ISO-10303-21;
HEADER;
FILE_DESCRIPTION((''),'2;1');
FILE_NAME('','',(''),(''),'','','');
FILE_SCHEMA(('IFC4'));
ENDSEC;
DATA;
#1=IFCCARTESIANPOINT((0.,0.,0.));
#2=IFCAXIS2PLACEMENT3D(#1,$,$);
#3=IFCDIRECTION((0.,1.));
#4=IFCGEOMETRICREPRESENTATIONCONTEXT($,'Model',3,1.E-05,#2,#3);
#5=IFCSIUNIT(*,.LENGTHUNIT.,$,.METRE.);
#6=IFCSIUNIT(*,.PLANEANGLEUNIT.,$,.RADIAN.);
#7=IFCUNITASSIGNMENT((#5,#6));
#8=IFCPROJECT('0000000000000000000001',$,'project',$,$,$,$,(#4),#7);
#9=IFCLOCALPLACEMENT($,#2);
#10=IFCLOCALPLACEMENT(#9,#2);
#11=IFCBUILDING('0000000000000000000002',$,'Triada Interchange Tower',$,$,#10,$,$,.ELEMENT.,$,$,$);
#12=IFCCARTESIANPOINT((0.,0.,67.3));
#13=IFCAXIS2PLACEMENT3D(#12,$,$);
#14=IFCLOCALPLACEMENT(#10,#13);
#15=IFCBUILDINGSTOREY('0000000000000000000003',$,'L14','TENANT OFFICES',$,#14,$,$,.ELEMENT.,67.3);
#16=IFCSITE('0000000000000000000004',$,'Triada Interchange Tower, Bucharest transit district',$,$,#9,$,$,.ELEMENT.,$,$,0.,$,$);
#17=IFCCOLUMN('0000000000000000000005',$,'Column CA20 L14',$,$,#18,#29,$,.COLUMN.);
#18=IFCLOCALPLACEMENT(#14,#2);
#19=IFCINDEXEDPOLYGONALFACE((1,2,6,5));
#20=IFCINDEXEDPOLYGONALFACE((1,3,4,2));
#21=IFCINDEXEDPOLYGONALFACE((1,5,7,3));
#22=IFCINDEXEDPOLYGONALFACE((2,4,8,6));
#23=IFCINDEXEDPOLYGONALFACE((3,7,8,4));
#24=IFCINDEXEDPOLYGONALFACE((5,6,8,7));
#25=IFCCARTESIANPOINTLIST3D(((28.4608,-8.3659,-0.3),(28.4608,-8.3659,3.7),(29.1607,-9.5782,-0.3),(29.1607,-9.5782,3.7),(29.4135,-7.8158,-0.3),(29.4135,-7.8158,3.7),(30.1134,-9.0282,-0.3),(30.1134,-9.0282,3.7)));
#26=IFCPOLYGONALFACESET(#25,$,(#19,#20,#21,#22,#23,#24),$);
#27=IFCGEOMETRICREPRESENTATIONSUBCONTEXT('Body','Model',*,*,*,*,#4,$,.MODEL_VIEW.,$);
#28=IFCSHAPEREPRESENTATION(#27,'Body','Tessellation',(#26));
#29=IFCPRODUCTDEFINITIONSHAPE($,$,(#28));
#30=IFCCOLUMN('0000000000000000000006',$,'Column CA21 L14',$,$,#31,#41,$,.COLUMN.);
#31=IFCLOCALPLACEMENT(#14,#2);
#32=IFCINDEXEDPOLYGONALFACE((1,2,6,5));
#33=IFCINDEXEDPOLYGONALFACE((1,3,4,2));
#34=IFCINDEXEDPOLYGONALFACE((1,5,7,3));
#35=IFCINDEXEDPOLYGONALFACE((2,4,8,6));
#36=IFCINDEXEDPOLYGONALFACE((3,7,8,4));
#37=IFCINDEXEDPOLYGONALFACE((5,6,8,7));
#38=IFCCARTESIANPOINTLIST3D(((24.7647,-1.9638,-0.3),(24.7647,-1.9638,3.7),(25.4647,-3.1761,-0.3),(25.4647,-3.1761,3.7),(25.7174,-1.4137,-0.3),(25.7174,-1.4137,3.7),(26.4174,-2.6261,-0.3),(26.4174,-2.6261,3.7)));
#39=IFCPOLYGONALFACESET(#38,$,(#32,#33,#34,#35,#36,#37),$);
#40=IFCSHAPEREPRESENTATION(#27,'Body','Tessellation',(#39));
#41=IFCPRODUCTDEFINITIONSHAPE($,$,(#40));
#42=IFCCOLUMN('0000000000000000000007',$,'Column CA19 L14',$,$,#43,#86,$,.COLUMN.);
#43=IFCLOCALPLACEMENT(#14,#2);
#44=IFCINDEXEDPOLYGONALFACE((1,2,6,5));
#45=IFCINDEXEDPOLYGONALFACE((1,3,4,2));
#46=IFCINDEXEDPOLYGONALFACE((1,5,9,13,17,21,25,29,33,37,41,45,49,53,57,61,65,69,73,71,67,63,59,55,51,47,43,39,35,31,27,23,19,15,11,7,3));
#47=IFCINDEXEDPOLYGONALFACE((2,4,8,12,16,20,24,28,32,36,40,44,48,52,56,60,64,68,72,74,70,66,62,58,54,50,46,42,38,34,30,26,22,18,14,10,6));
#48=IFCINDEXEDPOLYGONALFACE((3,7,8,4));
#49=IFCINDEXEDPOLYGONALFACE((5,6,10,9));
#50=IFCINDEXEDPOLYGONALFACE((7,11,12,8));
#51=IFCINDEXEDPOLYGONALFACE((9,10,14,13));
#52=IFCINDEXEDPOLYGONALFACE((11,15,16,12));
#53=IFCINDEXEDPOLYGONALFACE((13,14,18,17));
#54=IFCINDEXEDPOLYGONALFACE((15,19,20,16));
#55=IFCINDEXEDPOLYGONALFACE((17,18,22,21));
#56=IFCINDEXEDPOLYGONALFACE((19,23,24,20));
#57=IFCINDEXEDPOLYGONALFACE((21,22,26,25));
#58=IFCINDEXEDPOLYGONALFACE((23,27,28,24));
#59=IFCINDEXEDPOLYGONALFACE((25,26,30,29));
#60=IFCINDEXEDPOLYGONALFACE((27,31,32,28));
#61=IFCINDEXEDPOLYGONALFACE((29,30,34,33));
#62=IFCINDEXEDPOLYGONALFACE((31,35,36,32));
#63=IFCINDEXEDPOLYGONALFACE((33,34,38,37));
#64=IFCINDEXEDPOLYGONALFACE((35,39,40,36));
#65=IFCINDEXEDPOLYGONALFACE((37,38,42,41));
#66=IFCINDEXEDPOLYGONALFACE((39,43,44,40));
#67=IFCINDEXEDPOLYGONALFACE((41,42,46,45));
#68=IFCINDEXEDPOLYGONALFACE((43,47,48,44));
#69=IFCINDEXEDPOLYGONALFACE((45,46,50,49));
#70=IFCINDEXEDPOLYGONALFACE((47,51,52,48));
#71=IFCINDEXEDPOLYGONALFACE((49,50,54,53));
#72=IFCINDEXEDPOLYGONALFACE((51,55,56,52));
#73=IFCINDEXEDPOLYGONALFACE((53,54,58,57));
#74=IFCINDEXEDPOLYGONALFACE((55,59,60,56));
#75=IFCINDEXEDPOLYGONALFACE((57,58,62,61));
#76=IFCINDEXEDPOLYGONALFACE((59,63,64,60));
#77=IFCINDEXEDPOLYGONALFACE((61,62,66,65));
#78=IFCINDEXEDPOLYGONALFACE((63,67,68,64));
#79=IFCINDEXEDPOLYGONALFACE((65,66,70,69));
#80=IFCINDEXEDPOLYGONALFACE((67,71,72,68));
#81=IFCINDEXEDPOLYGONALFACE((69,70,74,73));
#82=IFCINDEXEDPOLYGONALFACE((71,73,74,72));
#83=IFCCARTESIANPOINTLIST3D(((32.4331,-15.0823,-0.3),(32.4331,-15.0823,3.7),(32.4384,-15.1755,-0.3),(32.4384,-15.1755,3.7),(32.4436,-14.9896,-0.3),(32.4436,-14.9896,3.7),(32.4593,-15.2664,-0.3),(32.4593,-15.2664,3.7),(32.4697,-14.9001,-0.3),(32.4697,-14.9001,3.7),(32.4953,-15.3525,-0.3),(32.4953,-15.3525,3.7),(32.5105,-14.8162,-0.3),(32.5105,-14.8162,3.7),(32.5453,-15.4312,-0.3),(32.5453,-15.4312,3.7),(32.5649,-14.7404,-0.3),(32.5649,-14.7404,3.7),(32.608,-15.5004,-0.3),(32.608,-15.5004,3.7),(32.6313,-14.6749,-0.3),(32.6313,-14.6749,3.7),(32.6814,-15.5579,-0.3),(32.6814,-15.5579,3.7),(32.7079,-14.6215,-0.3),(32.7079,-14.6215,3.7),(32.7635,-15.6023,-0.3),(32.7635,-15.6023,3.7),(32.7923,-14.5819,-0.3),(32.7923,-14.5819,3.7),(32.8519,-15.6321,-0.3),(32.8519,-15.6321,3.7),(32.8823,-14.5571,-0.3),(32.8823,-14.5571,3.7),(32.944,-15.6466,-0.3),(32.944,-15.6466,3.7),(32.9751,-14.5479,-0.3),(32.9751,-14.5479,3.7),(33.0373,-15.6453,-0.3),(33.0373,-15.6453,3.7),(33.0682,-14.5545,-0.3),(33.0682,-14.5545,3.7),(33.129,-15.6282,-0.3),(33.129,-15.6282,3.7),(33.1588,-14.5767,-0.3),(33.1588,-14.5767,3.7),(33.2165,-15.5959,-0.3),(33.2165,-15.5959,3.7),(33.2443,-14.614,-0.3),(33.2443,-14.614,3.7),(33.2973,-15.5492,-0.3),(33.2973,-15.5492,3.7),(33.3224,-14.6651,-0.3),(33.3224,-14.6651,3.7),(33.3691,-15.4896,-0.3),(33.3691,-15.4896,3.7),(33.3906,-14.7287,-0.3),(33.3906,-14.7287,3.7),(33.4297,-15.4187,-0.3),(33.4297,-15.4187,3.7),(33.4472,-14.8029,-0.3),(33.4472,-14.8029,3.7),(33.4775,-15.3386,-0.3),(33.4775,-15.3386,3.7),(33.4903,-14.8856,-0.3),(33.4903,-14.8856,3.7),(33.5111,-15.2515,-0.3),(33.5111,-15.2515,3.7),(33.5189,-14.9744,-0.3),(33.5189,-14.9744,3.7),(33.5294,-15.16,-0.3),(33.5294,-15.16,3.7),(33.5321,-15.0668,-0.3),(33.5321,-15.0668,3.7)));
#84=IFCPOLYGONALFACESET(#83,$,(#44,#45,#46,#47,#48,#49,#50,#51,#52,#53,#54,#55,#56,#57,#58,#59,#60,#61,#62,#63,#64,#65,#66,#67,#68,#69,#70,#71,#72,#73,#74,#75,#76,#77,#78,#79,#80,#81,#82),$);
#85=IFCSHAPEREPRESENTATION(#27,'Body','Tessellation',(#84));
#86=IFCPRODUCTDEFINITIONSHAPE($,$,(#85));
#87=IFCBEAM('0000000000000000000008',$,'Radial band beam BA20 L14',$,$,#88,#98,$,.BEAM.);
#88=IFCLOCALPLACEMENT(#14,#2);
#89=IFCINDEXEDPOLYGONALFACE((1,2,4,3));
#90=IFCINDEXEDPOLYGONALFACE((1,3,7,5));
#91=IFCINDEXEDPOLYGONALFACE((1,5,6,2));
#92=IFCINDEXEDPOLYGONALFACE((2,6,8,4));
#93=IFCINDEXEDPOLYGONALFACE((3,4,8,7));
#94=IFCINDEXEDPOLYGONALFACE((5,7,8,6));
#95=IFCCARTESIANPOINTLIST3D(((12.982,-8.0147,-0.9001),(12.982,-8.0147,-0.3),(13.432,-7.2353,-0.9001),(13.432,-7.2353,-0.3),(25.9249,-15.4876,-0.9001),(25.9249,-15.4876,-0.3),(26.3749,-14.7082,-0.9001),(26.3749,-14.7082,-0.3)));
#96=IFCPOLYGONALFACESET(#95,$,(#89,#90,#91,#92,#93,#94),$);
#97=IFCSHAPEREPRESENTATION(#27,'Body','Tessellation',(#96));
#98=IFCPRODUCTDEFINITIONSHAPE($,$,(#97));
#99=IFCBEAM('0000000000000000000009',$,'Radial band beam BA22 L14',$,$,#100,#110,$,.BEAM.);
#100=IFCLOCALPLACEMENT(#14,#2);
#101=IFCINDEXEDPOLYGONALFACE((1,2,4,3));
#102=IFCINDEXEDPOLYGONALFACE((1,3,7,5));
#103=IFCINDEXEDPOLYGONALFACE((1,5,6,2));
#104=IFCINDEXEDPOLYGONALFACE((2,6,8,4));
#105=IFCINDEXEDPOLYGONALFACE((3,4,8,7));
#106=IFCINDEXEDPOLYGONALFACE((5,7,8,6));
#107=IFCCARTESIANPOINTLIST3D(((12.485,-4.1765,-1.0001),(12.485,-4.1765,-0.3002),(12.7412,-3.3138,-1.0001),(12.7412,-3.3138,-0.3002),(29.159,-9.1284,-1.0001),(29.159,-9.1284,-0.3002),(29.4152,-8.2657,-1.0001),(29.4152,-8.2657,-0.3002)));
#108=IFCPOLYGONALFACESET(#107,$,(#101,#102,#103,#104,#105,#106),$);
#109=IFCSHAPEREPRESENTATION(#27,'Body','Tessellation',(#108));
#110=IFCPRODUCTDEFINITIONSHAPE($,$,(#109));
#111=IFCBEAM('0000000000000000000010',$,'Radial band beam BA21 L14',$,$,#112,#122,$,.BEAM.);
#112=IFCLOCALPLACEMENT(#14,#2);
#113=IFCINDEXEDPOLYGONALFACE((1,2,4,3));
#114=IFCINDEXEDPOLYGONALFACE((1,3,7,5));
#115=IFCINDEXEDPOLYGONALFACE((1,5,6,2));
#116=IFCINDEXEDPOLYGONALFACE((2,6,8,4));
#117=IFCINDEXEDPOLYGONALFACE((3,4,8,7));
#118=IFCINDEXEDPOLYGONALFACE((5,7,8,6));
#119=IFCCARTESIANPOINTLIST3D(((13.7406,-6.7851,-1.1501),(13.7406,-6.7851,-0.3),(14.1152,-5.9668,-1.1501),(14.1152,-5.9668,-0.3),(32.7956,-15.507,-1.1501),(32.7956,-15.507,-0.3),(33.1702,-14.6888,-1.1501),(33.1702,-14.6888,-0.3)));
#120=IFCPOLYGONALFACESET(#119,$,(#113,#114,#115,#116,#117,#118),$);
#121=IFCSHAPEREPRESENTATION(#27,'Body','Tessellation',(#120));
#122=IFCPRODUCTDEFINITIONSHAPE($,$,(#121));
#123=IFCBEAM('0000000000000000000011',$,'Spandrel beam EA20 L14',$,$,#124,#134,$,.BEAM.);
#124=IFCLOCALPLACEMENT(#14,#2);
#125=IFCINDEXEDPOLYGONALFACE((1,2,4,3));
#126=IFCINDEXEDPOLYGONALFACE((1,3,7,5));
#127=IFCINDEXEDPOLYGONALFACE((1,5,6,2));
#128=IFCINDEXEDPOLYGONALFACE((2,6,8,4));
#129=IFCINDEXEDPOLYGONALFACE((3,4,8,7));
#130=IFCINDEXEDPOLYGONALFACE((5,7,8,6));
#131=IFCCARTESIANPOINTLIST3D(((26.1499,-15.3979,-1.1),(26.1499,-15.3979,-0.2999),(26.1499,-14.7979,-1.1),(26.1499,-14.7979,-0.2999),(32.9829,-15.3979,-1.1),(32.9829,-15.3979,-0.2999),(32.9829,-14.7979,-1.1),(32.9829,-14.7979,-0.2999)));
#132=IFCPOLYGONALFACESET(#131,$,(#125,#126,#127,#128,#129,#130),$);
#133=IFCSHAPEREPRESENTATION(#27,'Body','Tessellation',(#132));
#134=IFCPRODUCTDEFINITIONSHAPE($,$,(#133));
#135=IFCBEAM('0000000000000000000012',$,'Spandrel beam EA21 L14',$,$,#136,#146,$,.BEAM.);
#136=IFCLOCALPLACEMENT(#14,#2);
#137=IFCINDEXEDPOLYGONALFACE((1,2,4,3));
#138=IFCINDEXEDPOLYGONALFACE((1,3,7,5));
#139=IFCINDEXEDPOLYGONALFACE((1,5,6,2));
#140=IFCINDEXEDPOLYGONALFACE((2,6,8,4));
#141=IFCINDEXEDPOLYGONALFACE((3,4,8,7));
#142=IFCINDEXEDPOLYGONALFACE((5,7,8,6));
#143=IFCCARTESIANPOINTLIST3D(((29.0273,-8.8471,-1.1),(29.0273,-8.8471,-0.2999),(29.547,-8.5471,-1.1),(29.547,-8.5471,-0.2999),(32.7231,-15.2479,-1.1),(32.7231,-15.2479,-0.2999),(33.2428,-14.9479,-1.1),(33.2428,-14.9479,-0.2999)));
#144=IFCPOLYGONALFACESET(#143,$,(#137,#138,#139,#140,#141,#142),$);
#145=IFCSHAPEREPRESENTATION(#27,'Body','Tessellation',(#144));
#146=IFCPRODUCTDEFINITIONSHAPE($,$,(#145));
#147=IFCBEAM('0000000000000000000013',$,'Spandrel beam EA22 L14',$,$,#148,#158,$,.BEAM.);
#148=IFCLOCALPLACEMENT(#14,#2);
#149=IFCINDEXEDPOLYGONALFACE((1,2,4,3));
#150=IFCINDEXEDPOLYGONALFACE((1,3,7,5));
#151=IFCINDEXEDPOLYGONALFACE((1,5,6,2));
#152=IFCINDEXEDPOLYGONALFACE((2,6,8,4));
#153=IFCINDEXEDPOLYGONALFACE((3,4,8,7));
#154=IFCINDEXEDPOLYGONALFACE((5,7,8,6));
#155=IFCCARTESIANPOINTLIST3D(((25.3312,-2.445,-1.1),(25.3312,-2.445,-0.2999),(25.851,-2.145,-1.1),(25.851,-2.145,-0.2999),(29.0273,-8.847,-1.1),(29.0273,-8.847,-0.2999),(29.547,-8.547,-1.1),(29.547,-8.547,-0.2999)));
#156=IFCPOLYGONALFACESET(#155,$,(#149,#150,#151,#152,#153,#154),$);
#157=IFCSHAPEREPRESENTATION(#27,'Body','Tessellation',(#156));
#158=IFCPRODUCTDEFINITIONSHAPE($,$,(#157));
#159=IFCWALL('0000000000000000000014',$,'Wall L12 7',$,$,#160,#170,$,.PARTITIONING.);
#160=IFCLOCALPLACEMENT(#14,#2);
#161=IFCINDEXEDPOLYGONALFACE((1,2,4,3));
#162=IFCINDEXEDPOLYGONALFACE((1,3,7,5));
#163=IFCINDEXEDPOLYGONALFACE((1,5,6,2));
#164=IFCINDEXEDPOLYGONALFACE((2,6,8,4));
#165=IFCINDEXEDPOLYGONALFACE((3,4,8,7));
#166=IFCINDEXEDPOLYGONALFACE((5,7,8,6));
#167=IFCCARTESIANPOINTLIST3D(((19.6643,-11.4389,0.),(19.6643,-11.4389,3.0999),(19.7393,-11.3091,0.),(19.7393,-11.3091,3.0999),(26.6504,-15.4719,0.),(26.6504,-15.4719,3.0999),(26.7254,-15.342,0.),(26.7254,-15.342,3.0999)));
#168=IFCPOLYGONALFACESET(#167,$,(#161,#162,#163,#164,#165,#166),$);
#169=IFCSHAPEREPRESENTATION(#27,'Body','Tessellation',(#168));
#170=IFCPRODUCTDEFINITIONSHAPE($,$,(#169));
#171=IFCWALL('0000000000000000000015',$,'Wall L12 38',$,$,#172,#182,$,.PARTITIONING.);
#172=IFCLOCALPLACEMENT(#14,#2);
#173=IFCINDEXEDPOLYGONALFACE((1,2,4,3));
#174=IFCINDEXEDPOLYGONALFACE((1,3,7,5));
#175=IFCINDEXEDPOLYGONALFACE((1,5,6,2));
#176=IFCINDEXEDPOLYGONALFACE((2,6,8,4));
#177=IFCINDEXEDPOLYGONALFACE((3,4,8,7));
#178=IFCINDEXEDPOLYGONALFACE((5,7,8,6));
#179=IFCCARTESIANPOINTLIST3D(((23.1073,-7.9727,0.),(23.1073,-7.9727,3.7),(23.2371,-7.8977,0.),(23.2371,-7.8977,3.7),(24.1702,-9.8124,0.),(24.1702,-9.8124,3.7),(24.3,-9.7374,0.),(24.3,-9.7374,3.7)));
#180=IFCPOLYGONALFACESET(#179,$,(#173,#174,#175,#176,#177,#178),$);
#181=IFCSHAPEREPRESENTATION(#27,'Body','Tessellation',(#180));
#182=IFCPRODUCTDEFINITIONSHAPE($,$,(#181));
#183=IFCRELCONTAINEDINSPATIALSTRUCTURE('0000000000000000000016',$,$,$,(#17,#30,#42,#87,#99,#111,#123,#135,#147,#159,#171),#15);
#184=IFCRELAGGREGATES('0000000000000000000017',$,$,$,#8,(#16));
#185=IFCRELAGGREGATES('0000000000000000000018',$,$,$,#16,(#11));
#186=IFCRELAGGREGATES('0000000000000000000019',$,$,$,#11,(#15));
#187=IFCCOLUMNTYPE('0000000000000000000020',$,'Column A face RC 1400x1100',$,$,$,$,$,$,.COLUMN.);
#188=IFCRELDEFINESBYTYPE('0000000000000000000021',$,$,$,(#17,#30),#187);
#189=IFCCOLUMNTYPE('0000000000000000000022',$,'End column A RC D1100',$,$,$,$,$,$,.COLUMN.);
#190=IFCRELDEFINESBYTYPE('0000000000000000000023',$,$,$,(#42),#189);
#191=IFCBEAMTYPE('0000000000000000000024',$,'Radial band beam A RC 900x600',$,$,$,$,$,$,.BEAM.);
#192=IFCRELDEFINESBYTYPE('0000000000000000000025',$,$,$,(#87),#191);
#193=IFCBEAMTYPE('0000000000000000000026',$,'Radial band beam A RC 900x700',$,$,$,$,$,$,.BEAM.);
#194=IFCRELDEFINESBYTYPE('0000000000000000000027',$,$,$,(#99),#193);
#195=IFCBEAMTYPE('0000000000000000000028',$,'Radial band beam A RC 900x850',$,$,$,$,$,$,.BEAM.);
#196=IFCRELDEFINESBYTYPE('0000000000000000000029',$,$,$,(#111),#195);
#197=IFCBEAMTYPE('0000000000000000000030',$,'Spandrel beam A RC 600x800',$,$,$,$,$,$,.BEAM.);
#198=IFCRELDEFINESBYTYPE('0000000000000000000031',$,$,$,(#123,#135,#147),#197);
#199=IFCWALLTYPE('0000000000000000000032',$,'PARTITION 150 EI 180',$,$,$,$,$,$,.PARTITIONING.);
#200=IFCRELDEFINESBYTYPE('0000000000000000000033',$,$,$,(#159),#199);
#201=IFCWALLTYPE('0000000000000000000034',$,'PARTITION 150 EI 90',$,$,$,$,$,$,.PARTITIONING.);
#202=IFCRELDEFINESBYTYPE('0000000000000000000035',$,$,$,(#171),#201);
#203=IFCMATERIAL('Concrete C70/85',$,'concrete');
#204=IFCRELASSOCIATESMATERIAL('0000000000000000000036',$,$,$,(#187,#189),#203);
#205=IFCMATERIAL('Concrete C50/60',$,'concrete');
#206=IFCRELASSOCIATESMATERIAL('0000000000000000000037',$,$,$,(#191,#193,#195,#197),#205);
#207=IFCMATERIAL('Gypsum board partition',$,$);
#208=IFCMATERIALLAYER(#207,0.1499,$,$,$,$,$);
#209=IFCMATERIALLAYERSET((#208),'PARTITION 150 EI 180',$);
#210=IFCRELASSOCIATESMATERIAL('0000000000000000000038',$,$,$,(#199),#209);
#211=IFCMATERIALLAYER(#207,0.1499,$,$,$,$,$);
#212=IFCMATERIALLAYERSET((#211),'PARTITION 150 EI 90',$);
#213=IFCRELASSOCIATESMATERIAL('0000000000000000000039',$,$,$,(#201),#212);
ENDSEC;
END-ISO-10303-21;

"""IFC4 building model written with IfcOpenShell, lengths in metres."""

from ifc_helpers import new_model, si_unit, direction, frame, frame_2d, origin, origin_2d, place, context, subcontext, project, spatial, rectangle, circle, extrude, material, layer, layer_set, material_profile, profile_set, type_object, element, save


model = new_model("IFC4")

# Units and contexts
model_context = context("Model", 3, precision=1e-05, world=origin(), true_north=direction((0.0, 1.0)))
body_context = subcontext(model_context, "Body", "Model", "MODEL_VIEW")
ifc_project = project(units=[si_unit("LENGTHUNIT", "METRE"), si_unit("PLANEANGLEUNIT", "RADIAN")], contexts=[model_context])

# Site, building, storey
site_placement = place(None, origin())
site = spatial("IfcSite", under=ifc_project, at=site_placement, Name="Triada Interchange Tower, Bucharest transit district", CompositionType="ELEMENT", RefElevation=0.0)
building_placement = place(site_placement, origin())
building = spatial("IfcBuilding", under=site, at=building_placement, Name="Triada Interchange Tower", CompositionType="ELEMENT")
storey_placement = place(building_placement, frame((0.0, 0.0, 67.3)))
storey = spatial("IfcBuildingStorey", under=building, at=storey_placement, Name="L14", Description="TENANT OFFICES", CompositionType="ELEMENT", Elevation=67.3)

# Columns
ifc_material_1 = material(Name="Concrete C70/85", Category="concrete")
ifc_material_profile_1 = material_profile(ifc_material_1, rectangle(XDim=1.3999, YDim=1.1001, at=origin_2d()), Name="RC 1400x1100")
ifc_profile_set_1 = profile_set([ifc_material_profile_1], Name="Concrete C70/85")
column_type_1 = type_object("IfcColumnType", Name="Column A face RC 1400x1100", PredefinedType="COLUMN", material=ifc_profile_set_1)
for number, where, z_axis, x_axis, name in (
    (1, (29.2871, -8.697, -0.3), (0.0, 0.0, 1.0), (-0.5, 0.866025, 0.0), "Column CA20 L14"),
    (2, (25.5911, -2.2949, -0.3), (0.0, 0.0, 1.0), (-0.5, 0.866025, 0.0), "Column CA21 L14"),
):
    element("IfcColumn", number, at=place(storey_placement, frame(where, z_axis=z_axis, x_axis=x_axis)), inside=storey, type_object=column_type_1, Name=name, PredefinedType="COLUMN", context=body_context, shape_type="SweptSolid", body=[
        extrude(rectangle(XDim=1.3999, YDim=1.1001, at=origin_2d()), origin(), (0.0, 0.0, 1.0), 4.0),
    ])
ifc_material_profile_2 = material_profile(ifc_material_1, circle(Radius=0.55, at=origin_2d()), Name="RC D1100")
ifc_profile_set_2 = profile_set([ifc_material_profile_2], Name="Concrete C70/85")
column_type_2 = type_object("IfcColumnType", Name="End column A RC D1100", PredefinedType="COLUMN", material=ifc_profile_set_2)
column_placement = place(storey_placement, frame((32.9829, -15.0979, -0.3), z_axis=(0.0, 0.0, 1.0), x_axis=(-0.5, 0.866025, 0.0)))
element("IfcColumn", 3, at=column_placement, inside=storey, type_object=column_type_2, Name="Column CA19 L14", PredefinedType="COLUMN", context=body_context, shape_type="SweptSolid", body=[
    extrude(circle(Radius=0.55, at=origin_2d()), origin(), (0.0, 0.0, 1.0), 4.0),
])

# Beams
ifc_material_2 = material(Name="Concrete C50/60", Category="concrete")
ifc_material_profile_3 = material_profile(ifc_material_2, rectangle(XDim=0.8999, YDim=0.6001, at=origin_2d()), Name="RC 900x600")
ifc_profile_set_3 = profile_set([ifc_material_profile_3], Name="Concrete C50/60")
beam_type_1 = type_object("IfcBeamType", Name="Radial band beam A RC 900x600", PredefinedType="BEAM", material=ifc_profile_set_3)
beam_1_placement = place(storey_placement, frame((26.1499, -15.0979, -0.6001), z_axis=(-0.866016, 0.500017, 0.0), x_axis=(-0.500017, -0.866016, 0.0)))
element("IfcBeam", 4, at=beam_1_placement, inside=storey, type_object=beam_type_1, Name="Radial band beam BA20 L14", PredefinedType="BEAM", context=body_context, shape_type="SweptSolid", body=[
    extrude(rectangle(XDim=0.8999, YDim=0.6001, at=origin_2d()), origin(), (0.0, 0.0, 1.0), 14.9453),
])
ifc_material_profile_4 = material_profile(ifc_material_2, rectangle(XDim=0.8999, YDim=0.7, at=origin_2d()), Name="RC 900x700")
ifc_profile_set_4 = profile_set([ifc_material_profile_4], Name="Concrete C50/60")
beam_type_2 = type_object("IfcBeamType", Name="Radial band beam A RC 900x700", PredefinedType="BEAM", material=ifc_profile_set_4)
beam_2_placement = place(storey_placement, frame((29.2871, -8.697, -0.6501), z_axis=(-0.958619, 0.284693, 0.0), x_axis=(-0.284693, -0.958619, 0.0)))
element("IfcBeam", 5, at=beam_2_placement, inside=storey, type_object=beam_type_2, Name="Radial band beam BA22 L14", PredefinedType="BEAM", context=body_context, shape_type="SweptSolid", body=[
    extrude(rectangle(XDim=0.8999, YDim=0.7, at=origin_2d()), origin(), (0.0, 0.0, 1.0), 17.3938),
])
ifc_material_profile_5 = material_profile(ifc_material_2, rectangle(XDim=0.8999, YDim=0.8501, at=origin_2d()), Name="RC 900x850")
ifc_profile_set_5 = profile_set([ifc_material_profile_5], Name="Concrete C50/60")
beam_type_3 = type_object("IfcBeamType", Name="Radial band beam A RC 900x850", PredefinedType="BEAM", material=ifc_profile_set_5)
beam_3_placement = place(storey_placement, frame((32.9829, -15.0979, -0.7251), z_axis=(-0.909274, 0.416198, 0.0), x_axis=(-0.416198, -0.909274, 0.0)))
element("IfcBeam", 6, at=beam_3_placement, inside=storey, type_object=beam_type_3, Name="Radial band beam BA21 L14", PredefinedType="BEAM", context=body_context, shape_type="SweptSolid", body=[
    extrude(rectangle(XDim=0.8999, YDim=0.8501, at=origin_2d()), origin(), (0.0, 0.0, 1.0), 20.9563),
])
ifc_material_profile_6 = material_profile(ifc_material_2, rectangle(XDim=0.6001, YDim=0.8, at=origin_2d()), Name="RC 600x800")
ifc_profile_set_6 = profile_set([ifc_material_profile_6], Name="Concrete C50/60")
beam_type_4 = type_object("IfcBeamType", Name="Spandrel beam A RC 600x800", PredefinedType="BEAM", material=ifc_profile_set_6)
beam_4_placement = place(storey_placement, frame((26.1499, -15.0979, -0.7), z_axis=(1.0, 0.0, 0.0), x_axis=(0.0, 1.0, 0.0)))
element("IfcBeam", 7, at=beam_4_placement, inside=storey, type_object=beam_type_4, Name="Spandrel beam EA20 L14", PredefinedType="BEAM", context=body_context, shape_type="SweptSolid", body=[
    extrude(rectangle(XDim=0.6001, YDim=0.8, at=origin_2d()), origin(), (0.0, 0.0, 1.0), 6.833),
])
beam_5_placement = place(storey_placement, frame((32.9829, -15.0979, -0.7), z_axis=(-0.500026, 0.866011, 0.0), x_axis=(-0.866011, -0.500026, 0.0)))
element("IfcBeam", 8, at=beam_5_placement, inside=storey, type_object=beam_type_4, Name="Spandrel beam EA21 L14", PredefinedType="BEAM", context=body_context, shape_type="SweptSolid", body=[
    extrude(rectangle(XDim=0.6001, YDim=0.8, at=origin_2d()), origin(), (0.0, 0.0, 1.0), 7.3911),
])
beam_6_placement = place(storey_placement, frame((29.2871, -8.697, -0.7), z_axis=(-0.499979, 0.866038, 0.0), x_axis=(-0.866038, -0.499979, 0.0)))
element("IfcBeam", 9, at=beam_6_placement, inside=storey, type_object=beam_type_4, Name="Spandrel beam EA22 L14", PredefinedType="BEAM", context=body_context, shape_type="SweptSolid", body=[
    extrude(rectangle(XDim=0.6001, YDim=0.8, at=origin_2d()), origin(), (0.0, 0.0, 1.0), 7.3923),
])

# Walls
ifc_material_3 = material(Name="Gypsum board partition")
ifc_layer_1 = layer(ifc_material_3, 0.1499)
ifc_layer_set_1 = layer_set([ifc_layer_1], Name="PARTITION 150 EI 180")
wall_type_1 = type_object("IfcWallType", Name="PARTITION 150 EI 180", PredefinedType="PARTITIONING", material=ifc_layer_set_1)
wall_1_placement = place(storey_placement, frame((19.7019, -11.374, 0.0), z_axis=(0.0, 0.0, 1.0), x_axis=(0.86605, -0.499957, 0.0)))
element("IfcWall", 10, at=wall_1_placement, inside=storey, type_object=wall_type_1, Name="Wall L12 7", PredefinedType="PARTITIONING", context=body_context, shape_type="SweptSolid", body=[
    extrude(rectangle(XDim=8.0667, YDim=0.1499, at=frame_2d((4.0332, 0.0))), origin(), (0.0, 0.0, 1.0), 3.0999),
])
ifc_layer_2 = layer(ifc_material_3, 0.1499)
ifc_layer_set_2 = layer_set([ifc_layer_2], Name="PARTITION 150 EI 90")
wall_type_2 = type_object("IfcWallType", Name="PARTITION 150 EI 90", PredefinedType="PARTITIONING", material=ifc_layer_set_2)
wall_2_placement = place(storey_placement, frame((23.1721, -7.9351, 0.0), z_axis=(0.0, 0.0, 1.0), x_axis=(0.500266, -0.865872, 0.0)))
element("IfcWall", 11, at=wall_2_placement, inside=storey, type_object=wall_type_2, Name="Wall L12 38", PredefinedType="PARTITIONING", context=body_context, shape_type="SweptSolid", body=[
    extrude(rectangle(XDim=2.1248, YDim=0.1499, at=frame_2d((1.0625, 0.0))), origin(), (0.0, 0.0, 1.0), 3.7),
])

save(model, "model.ifc")
